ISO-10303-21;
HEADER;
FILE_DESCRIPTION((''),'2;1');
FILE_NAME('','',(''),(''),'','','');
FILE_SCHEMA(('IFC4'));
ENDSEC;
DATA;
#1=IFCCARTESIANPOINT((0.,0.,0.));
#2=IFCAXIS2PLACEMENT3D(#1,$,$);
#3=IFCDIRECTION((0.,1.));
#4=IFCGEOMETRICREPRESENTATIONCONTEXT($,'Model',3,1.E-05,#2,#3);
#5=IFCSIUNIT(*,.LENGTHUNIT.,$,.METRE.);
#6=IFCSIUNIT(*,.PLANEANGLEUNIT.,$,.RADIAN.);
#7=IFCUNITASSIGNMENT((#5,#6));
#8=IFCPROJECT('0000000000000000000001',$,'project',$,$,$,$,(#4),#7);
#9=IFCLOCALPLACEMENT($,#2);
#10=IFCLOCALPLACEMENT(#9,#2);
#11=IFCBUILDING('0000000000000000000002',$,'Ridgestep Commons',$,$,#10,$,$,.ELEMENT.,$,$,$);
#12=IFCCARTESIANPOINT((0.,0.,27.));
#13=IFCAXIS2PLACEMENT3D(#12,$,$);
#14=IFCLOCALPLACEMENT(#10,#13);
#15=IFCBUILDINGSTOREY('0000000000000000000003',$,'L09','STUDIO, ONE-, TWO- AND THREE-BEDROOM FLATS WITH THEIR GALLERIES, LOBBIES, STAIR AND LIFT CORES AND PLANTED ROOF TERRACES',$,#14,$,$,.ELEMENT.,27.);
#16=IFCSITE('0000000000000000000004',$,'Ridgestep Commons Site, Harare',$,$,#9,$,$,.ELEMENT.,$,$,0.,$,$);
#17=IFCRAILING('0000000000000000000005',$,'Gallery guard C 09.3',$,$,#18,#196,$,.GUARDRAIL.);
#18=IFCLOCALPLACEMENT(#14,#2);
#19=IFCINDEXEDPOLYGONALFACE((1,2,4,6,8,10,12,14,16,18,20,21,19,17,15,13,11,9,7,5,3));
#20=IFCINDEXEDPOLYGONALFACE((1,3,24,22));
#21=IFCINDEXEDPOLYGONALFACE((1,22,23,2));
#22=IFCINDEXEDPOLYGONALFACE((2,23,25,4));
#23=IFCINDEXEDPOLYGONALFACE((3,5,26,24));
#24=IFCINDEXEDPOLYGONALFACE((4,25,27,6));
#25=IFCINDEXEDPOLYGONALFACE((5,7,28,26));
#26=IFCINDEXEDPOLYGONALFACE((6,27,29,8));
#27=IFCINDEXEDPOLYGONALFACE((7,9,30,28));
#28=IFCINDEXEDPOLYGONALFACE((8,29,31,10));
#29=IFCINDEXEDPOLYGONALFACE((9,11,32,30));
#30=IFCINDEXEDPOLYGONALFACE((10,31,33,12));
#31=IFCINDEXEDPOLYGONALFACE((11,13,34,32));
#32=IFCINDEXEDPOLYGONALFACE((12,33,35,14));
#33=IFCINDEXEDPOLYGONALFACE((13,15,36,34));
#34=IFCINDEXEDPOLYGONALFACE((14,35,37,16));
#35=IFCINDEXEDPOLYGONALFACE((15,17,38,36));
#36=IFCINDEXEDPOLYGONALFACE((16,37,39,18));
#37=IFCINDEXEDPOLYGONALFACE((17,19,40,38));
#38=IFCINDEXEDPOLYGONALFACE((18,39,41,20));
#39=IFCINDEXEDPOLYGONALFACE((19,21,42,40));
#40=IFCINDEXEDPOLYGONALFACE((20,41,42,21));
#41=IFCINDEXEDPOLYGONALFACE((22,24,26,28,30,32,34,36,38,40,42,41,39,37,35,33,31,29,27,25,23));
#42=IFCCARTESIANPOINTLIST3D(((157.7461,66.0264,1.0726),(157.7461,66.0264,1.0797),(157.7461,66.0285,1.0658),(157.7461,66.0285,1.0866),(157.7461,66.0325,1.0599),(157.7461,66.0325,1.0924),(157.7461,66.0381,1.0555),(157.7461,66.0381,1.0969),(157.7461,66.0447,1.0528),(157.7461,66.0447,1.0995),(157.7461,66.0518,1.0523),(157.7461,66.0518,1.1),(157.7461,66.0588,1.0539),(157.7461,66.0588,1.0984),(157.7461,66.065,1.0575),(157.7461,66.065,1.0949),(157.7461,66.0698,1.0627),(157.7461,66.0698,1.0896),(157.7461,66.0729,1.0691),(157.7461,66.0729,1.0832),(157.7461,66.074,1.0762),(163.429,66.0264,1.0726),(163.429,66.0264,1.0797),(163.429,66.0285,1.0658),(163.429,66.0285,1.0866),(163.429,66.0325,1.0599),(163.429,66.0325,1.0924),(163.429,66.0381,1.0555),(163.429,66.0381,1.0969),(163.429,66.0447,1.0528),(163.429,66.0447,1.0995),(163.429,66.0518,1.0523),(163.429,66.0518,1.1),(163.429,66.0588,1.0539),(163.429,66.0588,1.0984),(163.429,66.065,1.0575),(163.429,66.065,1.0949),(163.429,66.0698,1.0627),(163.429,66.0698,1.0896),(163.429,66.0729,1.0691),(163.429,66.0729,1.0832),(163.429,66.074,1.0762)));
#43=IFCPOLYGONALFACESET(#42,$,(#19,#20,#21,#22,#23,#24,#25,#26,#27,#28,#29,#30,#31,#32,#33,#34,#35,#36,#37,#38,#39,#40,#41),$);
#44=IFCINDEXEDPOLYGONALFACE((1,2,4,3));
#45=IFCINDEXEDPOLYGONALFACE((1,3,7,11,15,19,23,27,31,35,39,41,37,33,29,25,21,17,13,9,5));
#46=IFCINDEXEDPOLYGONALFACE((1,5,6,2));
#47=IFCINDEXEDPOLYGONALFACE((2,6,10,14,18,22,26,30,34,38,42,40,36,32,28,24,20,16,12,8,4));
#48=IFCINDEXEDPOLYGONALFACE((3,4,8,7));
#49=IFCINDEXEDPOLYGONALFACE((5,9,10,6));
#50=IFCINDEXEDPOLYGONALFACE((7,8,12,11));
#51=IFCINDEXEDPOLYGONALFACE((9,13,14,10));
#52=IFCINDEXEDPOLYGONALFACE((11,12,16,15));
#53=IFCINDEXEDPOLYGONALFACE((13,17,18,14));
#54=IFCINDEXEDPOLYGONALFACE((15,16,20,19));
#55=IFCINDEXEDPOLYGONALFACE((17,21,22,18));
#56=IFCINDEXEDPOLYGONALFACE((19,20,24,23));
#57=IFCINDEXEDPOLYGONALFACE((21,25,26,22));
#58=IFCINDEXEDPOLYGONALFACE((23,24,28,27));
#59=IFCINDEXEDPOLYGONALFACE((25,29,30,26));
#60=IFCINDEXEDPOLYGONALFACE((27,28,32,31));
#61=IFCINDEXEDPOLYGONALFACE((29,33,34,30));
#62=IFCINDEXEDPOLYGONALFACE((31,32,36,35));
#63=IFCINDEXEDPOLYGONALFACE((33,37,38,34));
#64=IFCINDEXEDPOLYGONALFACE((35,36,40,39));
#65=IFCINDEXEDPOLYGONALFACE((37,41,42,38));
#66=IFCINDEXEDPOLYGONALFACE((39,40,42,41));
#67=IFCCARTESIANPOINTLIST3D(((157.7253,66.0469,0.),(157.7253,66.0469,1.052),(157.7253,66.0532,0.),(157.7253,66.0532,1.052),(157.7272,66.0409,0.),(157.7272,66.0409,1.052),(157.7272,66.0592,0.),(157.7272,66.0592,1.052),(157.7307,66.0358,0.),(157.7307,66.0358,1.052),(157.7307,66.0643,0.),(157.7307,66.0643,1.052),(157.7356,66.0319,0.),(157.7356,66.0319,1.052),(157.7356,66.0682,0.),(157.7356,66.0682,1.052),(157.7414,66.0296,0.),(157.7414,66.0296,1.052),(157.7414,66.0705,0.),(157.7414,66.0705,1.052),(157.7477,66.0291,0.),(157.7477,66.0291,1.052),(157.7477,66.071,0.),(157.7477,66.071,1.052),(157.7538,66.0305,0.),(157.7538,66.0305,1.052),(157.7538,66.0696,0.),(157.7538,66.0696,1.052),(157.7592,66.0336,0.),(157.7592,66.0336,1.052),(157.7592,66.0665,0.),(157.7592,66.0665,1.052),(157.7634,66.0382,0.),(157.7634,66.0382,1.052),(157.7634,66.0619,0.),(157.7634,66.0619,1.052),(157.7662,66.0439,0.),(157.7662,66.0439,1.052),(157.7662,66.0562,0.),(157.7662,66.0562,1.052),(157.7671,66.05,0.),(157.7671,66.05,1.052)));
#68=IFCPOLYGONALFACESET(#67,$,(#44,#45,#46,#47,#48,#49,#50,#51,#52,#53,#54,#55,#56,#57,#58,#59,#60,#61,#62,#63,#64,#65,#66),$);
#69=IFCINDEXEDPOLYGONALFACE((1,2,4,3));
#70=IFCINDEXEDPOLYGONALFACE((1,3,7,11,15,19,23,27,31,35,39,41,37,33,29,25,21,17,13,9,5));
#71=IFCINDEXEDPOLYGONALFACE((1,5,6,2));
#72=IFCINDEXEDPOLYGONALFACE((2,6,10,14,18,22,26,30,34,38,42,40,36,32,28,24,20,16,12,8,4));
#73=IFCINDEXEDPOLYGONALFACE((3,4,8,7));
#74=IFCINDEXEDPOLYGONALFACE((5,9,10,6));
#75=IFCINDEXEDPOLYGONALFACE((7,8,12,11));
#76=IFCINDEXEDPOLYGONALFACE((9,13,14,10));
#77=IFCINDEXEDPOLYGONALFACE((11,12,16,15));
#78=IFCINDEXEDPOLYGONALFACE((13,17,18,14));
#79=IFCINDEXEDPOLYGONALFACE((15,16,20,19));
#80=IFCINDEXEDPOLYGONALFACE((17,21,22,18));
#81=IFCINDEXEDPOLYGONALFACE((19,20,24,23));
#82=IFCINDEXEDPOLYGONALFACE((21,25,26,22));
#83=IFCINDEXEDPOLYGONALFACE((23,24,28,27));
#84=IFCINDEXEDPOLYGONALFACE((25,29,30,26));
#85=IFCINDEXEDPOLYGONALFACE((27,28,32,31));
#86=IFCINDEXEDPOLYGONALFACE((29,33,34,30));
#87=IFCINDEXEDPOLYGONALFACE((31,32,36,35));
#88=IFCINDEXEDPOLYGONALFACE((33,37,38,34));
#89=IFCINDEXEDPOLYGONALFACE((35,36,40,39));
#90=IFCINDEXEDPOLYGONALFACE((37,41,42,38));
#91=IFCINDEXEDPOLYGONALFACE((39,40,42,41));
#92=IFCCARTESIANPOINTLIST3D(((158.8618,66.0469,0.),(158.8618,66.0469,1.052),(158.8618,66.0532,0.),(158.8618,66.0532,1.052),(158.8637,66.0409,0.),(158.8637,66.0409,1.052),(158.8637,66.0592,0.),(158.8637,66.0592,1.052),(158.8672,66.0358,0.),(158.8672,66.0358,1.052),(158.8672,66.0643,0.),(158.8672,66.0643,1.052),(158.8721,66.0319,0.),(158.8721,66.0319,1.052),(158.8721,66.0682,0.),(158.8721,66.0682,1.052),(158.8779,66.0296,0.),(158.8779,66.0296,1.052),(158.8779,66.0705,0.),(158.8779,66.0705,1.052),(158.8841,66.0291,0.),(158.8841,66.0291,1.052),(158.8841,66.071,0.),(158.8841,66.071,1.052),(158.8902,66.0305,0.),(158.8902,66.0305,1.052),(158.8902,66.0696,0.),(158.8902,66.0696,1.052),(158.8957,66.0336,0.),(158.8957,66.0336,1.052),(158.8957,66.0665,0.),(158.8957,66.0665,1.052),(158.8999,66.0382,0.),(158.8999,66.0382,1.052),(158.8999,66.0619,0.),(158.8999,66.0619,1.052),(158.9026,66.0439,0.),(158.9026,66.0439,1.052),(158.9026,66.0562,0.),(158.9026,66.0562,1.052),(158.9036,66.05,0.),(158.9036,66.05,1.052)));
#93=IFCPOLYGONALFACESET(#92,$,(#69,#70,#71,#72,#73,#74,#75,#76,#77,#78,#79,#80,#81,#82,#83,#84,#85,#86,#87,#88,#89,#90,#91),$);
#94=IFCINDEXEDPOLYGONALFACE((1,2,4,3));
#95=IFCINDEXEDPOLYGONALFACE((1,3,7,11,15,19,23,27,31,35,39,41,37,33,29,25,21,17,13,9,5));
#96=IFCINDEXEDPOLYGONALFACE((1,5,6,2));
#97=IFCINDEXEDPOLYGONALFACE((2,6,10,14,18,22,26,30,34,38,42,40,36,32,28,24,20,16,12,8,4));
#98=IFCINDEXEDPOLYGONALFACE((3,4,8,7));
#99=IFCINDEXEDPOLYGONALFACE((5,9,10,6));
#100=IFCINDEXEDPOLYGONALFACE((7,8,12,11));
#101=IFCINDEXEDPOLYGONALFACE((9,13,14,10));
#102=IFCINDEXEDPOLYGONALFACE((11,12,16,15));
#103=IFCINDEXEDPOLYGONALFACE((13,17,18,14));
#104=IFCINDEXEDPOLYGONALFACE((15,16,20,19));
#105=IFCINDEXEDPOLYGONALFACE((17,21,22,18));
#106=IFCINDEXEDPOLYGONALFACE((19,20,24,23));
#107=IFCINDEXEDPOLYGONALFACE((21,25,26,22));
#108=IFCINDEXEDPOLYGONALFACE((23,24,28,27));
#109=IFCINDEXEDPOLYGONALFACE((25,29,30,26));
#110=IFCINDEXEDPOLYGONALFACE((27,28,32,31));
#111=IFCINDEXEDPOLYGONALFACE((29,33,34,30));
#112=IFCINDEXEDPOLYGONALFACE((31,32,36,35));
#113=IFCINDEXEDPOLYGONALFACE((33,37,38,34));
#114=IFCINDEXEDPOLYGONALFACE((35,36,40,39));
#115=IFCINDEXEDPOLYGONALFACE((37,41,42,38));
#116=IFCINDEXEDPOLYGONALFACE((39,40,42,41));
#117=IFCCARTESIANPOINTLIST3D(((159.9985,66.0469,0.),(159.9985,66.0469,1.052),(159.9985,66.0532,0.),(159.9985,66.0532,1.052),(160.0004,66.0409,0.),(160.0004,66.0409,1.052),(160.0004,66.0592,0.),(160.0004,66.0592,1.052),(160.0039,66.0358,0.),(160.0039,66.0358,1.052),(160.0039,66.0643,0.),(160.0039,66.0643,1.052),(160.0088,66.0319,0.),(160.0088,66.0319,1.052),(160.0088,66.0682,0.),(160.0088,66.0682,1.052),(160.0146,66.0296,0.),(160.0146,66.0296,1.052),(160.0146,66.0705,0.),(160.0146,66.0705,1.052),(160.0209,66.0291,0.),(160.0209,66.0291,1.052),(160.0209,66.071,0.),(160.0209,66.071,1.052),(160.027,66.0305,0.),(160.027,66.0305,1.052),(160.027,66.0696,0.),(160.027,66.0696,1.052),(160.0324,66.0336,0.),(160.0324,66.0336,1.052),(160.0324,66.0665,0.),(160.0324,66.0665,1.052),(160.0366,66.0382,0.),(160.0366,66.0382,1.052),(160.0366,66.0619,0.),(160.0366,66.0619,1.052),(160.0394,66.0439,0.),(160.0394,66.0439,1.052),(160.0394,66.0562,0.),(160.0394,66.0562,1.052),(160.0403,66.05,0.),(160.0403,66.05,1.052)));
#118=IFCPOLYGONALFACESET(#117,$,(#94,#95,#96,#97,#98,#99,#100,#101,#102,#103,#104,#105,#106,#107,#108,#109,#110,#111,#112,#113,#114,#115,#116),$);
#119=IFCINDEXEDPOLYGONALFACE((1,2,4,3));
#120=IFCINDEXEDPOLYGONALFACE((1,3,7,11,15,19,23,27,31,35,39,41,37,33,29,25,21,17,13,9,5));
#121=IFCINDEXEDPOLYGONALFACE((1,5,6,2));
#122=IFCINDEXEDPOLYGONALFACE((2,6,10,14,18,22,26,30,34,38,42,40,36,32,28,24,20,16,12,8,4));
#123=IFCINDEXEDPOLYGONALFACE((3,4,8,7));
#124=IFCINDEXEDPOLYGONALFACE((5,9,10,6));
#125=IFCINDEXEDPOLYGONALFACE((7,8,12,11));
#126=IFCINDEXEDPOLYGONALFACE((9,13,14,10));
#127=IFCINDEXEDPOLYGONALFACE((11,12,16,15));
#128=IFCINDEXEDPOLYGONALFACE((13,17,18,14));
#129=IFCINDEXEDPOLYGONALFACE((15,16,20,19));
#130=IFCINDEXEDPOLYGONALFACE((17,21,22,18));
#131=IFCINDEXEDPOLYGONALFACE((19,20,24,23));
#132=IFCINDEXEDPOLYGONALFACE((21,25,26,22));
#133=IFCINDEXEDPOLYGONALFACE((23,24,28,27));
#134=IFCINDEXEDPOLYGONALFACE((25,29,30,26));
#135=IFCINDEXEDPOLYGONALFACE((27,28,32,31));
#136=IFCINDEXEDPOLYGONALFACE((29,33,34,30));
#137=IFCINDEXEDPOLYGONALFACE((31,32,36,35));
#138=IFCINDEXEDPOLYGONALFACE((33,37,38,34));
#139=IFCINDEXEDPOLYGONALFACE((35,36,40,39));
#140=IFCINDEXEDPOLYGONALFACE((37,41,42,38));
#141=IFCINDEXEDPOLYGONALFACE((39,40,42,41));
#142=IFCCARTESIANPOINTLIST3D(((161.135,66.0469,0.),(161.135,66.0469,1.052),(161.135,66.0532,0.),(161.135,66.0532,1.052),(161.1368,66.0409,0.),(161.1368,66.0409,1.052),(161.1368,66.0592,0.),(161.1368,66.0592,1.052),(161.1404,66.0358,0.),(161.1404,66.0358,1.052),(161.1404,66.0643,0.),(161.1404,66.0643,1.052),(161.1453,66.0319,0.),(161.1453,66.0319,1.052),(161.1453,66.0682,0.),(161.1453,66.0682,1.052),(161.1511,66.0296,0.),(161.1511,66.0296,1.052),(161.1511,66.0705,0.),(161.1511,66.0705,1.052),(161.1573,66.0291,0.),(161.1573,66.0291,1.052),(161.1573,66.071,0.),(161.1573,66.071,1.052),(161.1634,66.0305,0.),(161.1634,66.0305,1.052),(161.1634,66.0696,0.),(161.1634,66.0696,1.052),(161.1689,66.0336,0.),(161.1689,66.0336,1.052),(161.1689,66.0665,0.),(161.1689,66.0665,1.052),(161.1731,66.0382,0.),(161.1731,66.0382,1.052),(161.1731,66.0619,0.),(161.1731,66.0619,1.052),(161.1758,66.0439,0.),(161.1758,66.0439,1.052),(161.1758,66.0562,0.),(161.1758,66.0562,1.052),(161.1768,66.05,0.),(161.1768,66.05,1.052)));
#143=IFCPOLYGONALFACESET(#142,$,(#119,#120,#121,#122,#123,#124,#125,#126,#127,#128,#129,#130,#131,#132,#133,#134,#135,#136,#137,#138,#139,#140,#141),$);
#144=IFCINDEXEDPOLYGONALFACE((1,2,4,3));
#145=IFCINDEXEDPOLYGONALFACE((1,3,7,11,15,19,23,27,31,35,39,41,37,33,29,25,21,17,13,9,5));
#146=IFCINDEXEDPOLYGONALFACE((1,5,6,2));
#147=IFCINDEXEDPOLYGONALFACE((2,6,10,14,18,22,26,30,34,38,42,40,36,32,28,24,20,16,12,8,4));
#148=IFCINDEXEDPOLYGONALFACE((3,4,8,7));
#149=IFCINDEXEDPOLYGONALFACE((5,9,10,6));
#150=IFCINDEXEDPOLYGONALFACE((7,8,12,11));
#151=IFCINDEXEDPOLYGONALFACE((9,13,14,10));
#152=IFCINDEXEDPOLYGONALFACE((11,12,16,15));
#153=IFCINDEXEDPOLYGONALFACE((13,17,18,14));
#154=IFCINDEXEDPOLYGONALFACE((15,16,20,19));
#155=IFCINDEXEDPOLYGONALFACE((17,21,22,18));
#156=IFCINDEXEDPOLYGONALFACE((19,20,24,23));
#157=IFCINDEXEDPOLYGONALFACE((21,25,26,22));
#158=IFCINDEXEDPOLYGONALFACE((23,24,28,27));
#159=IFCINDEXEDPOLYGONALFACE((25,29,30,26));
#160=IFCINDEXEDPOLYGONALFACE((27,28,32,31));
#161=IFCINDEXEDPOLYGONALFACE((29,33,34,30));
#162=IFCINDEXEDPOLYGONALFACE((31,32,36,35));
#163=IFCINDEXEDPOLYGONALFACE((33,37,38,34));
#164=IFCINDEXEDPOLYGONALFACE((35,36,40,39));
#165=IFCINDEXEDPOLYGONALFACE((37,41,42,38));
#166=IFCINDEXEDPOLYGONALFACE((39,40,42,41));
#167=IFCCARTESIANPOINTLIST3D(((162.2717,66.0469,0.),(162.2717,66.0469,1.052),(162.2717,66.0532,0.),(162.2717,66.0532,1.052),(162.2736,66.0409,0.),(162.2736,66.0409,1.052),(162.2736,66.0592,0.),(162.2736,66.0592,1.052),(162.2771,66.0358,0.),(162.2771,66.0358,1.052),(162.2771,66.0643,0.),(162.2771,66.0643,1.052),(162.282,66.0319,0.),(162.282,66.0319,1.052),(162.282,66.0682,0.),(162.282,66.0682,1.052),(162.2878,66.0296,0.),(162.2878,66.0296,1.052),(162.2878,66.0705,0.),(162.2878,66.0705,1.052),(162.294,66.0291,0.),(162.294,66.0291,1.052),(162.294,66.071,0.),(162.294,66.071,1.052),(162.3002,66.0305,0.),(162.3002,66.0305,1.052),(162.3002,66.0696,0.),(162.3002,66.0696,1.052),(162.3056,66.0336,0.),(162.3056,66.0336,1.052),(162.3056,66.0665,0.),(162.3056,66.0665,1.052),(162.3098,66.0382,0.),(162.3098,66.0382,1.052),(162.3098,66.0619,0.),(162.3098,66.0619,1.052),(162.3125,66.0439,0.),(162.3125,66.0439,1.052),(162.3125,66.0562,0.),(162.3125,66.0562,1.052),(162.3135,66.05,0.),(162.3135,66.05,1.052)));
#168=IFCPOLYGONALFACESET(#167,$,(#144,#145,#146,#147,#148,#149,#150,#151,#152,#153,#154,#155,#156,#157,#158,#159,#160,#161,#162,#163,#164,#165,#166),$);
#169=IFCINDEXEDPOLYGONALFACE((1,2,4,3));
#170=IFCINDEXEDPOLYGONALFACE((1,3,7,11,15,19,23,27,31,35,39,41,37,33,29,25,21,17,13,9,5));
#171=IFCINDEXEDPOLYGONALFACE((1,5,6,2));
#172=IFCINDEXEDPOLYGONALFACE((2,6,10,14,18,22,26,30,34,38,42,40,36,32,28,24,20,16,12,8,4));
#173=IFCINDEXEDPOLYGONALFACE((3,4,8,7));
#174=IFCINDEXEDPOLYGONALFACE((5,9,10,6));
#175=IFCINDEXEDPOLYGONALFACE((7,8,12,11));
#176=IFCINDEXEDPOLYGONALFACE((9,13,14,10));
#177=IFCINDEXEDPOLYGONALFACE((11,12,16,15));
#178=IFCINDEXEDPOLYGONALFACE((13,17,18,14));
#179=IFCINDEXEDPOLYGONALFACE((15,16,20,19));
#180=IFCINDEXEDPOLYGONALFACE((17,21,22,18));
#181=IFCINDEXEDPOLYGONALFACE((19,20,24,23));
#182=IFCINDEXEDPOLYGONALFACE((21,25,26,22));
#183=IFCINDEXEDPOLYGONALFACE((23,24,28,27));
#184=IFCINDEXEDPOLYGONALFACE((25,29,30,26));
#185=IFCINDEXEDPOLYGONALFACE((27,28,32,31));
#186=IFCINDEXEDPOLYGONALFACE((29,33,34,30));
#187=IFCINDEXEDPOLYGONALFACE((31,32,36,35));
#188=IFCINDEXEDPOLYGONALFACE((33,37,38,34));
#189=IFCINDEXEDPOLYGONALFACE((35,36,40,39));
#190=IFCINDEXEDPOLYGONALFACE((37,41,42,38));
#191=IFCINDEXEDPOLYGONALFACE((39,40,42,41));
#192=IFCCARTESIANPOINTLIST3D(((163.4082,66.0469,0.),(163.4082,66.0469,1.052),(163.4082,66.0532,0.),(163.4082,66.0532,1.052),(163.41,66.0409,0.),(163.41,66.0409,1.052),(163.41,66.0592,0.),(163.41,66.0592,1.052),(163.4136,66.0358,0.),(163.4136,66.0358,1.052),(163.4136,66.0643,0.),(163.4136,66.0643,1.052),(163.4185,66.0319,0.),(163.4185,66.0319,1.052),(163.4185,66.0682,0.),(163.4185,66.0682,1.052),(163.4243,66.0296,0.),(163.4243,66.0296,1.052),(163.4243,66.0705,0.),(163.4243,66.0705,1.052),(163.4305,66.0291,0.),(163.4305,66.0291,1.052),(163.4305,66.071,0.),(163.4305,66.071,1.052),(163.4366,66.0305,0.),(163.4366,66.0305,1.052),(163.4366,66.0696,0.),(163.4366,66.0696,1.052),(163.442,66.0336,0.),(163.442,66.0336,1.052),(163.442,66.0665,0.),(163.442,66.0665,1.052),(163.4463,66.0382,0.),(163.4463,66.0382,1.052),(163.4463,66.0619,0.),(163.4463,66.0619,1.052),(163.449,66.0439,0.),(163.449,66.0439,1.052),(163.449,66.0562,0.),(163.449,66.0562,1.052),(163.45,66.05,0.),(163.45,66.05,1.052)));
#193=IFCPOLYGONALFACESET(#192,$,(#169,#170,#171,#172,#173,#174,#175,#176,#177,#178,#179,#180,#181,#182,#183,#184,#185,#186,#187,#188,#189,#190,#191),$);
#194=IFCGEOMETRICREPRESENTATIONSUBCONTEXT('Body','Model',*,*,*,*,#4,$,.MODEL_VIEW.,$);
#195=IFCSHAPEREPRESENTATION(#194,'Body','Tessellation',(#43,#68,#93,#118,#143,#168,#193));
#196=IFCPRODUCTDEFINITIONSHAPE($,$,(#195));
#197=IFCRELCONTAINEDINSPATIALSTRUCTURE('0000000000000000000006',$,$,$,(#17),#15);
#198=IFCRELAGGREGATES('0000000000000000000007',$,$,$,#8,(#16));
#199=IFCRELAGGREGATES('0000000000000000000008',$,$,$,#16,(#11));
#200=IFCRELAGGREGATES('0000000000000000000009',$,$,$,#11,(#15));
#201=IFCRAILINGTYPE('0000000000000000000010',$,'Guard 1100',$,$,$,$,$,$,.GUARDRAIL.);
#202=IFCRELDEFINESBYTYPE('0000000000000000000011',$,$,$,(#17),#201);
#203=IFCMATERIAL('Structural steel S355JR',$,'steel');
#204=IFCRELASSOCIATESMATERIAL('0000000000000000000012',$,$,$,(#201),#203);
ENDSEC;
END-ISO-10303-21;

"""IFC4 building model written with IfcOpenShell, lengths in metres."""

from ifc_helpers import new_model, si_unit, direction, frame, origin, origin_2d, place, context, subcontext, project, spatial, circle, extrude, material, type_object, element, save


model = new_model("IFC4")

# Units and contexts
model_context = context("Model", 3, precision=1e-05, world=origin(), true_north=direction((0.0, 1.0)))
body_context = subcontext(model_context, "Body", "Model", "MODEL_VIEW")
ifc_project = project(units=[si_unit("LENGTHUNIT", "METRE"), si_unit("PLANEANGLEUNIT", "RADIAN")], contexts=[model_context])

# Site, building, storey
site_placement = place(None, origin())
site = spatial("IfcSite", under=ifc_project, at=site_placement, Name="Ridgestep Commons Site, Harare", CompositionType="ELEMENT", RefElevation=0.0)
building_placement = place(site_placement, origin())
building = spatial("IfcBuilding", under=site, at=building_placement, Name="Ridgestep Commons", CompositionType="ELEMENT")
storey_placement = place(building_placement, frame((0.0, 0.0, 27.0)))
storey = spatial("IfcBuildingStorey", under=building, at=storey_placement, Name="L09", Description="STUDIO, ONE-, TWO- AND THREE-BEDROOM FLATS WITH THEIR GALLERIES, LOBBIES, STAIR AND LIFT CORES AND PLANTED ROOF TERRACES", CompositionType="ELEMENT", Elevation=27.0)

# Railing
ifc_material_1 = material(Name="Structural steel S355JR", Category="steel")
railing_type = type_object("IfcRailingType", Name="Guard 1100", PredefinedType="GUARDRAIL", material=ifc_material_1)
railing_placement = place(storey_placement, frame((157.7461, 66.05, 0.0)))
element("IfcRailing", 1, at=railing_placement, inside=storey, type_object=railing_type, Name="Gallery guard C 09.3", PredefinedType="GUARDRAIL", context=body_context, shape_type="SweptSolid", body=[
    extrude(circle(Radius=0.0239, at=origin_2d()), frame((0.0, 0.0, 1.0762), z_axis=(1.0, 0.0, 0.0), x_axis=(0.0, 1.0, 0.0)), (0.0, 0.0, 1.0), 5.6829),
    extrude(circle(Radius=0.021, at=origin_2d()), origin(), (0.0, 0.0, 1.0), 1.052),
    extrude(circle(Radius=0.021, at=origin_2d()), frame((1.1365, 0.0, 0.0)), (0.0, 0.0, 1.0), 1.052),
    extrude(circle(Radius=0.021, at=origin_2d()), frame((2.2732, 0.0, 0.0)), (0.0, 0.0, 1.0), 1.052),
    extrude(circle(Radius=0.021, at=origin_2d()), frame((3.4097, 0.0, 0.0)), (0.0, 0.0, 1.0), 1.052),
    extrude(circle(Radius=0.021, at=origin_2d()), frame((4.5464, 0.0, 0.0)), (0.0, 0.0, 1.0), 1.052),
    extrude(circle(Radius=0.021, at=origin_2d()), frame((5.6829, 0.0, 0.0)), (0.0, 0.0, 1.0), 1.052),
])

save(model, "model.ifc")
